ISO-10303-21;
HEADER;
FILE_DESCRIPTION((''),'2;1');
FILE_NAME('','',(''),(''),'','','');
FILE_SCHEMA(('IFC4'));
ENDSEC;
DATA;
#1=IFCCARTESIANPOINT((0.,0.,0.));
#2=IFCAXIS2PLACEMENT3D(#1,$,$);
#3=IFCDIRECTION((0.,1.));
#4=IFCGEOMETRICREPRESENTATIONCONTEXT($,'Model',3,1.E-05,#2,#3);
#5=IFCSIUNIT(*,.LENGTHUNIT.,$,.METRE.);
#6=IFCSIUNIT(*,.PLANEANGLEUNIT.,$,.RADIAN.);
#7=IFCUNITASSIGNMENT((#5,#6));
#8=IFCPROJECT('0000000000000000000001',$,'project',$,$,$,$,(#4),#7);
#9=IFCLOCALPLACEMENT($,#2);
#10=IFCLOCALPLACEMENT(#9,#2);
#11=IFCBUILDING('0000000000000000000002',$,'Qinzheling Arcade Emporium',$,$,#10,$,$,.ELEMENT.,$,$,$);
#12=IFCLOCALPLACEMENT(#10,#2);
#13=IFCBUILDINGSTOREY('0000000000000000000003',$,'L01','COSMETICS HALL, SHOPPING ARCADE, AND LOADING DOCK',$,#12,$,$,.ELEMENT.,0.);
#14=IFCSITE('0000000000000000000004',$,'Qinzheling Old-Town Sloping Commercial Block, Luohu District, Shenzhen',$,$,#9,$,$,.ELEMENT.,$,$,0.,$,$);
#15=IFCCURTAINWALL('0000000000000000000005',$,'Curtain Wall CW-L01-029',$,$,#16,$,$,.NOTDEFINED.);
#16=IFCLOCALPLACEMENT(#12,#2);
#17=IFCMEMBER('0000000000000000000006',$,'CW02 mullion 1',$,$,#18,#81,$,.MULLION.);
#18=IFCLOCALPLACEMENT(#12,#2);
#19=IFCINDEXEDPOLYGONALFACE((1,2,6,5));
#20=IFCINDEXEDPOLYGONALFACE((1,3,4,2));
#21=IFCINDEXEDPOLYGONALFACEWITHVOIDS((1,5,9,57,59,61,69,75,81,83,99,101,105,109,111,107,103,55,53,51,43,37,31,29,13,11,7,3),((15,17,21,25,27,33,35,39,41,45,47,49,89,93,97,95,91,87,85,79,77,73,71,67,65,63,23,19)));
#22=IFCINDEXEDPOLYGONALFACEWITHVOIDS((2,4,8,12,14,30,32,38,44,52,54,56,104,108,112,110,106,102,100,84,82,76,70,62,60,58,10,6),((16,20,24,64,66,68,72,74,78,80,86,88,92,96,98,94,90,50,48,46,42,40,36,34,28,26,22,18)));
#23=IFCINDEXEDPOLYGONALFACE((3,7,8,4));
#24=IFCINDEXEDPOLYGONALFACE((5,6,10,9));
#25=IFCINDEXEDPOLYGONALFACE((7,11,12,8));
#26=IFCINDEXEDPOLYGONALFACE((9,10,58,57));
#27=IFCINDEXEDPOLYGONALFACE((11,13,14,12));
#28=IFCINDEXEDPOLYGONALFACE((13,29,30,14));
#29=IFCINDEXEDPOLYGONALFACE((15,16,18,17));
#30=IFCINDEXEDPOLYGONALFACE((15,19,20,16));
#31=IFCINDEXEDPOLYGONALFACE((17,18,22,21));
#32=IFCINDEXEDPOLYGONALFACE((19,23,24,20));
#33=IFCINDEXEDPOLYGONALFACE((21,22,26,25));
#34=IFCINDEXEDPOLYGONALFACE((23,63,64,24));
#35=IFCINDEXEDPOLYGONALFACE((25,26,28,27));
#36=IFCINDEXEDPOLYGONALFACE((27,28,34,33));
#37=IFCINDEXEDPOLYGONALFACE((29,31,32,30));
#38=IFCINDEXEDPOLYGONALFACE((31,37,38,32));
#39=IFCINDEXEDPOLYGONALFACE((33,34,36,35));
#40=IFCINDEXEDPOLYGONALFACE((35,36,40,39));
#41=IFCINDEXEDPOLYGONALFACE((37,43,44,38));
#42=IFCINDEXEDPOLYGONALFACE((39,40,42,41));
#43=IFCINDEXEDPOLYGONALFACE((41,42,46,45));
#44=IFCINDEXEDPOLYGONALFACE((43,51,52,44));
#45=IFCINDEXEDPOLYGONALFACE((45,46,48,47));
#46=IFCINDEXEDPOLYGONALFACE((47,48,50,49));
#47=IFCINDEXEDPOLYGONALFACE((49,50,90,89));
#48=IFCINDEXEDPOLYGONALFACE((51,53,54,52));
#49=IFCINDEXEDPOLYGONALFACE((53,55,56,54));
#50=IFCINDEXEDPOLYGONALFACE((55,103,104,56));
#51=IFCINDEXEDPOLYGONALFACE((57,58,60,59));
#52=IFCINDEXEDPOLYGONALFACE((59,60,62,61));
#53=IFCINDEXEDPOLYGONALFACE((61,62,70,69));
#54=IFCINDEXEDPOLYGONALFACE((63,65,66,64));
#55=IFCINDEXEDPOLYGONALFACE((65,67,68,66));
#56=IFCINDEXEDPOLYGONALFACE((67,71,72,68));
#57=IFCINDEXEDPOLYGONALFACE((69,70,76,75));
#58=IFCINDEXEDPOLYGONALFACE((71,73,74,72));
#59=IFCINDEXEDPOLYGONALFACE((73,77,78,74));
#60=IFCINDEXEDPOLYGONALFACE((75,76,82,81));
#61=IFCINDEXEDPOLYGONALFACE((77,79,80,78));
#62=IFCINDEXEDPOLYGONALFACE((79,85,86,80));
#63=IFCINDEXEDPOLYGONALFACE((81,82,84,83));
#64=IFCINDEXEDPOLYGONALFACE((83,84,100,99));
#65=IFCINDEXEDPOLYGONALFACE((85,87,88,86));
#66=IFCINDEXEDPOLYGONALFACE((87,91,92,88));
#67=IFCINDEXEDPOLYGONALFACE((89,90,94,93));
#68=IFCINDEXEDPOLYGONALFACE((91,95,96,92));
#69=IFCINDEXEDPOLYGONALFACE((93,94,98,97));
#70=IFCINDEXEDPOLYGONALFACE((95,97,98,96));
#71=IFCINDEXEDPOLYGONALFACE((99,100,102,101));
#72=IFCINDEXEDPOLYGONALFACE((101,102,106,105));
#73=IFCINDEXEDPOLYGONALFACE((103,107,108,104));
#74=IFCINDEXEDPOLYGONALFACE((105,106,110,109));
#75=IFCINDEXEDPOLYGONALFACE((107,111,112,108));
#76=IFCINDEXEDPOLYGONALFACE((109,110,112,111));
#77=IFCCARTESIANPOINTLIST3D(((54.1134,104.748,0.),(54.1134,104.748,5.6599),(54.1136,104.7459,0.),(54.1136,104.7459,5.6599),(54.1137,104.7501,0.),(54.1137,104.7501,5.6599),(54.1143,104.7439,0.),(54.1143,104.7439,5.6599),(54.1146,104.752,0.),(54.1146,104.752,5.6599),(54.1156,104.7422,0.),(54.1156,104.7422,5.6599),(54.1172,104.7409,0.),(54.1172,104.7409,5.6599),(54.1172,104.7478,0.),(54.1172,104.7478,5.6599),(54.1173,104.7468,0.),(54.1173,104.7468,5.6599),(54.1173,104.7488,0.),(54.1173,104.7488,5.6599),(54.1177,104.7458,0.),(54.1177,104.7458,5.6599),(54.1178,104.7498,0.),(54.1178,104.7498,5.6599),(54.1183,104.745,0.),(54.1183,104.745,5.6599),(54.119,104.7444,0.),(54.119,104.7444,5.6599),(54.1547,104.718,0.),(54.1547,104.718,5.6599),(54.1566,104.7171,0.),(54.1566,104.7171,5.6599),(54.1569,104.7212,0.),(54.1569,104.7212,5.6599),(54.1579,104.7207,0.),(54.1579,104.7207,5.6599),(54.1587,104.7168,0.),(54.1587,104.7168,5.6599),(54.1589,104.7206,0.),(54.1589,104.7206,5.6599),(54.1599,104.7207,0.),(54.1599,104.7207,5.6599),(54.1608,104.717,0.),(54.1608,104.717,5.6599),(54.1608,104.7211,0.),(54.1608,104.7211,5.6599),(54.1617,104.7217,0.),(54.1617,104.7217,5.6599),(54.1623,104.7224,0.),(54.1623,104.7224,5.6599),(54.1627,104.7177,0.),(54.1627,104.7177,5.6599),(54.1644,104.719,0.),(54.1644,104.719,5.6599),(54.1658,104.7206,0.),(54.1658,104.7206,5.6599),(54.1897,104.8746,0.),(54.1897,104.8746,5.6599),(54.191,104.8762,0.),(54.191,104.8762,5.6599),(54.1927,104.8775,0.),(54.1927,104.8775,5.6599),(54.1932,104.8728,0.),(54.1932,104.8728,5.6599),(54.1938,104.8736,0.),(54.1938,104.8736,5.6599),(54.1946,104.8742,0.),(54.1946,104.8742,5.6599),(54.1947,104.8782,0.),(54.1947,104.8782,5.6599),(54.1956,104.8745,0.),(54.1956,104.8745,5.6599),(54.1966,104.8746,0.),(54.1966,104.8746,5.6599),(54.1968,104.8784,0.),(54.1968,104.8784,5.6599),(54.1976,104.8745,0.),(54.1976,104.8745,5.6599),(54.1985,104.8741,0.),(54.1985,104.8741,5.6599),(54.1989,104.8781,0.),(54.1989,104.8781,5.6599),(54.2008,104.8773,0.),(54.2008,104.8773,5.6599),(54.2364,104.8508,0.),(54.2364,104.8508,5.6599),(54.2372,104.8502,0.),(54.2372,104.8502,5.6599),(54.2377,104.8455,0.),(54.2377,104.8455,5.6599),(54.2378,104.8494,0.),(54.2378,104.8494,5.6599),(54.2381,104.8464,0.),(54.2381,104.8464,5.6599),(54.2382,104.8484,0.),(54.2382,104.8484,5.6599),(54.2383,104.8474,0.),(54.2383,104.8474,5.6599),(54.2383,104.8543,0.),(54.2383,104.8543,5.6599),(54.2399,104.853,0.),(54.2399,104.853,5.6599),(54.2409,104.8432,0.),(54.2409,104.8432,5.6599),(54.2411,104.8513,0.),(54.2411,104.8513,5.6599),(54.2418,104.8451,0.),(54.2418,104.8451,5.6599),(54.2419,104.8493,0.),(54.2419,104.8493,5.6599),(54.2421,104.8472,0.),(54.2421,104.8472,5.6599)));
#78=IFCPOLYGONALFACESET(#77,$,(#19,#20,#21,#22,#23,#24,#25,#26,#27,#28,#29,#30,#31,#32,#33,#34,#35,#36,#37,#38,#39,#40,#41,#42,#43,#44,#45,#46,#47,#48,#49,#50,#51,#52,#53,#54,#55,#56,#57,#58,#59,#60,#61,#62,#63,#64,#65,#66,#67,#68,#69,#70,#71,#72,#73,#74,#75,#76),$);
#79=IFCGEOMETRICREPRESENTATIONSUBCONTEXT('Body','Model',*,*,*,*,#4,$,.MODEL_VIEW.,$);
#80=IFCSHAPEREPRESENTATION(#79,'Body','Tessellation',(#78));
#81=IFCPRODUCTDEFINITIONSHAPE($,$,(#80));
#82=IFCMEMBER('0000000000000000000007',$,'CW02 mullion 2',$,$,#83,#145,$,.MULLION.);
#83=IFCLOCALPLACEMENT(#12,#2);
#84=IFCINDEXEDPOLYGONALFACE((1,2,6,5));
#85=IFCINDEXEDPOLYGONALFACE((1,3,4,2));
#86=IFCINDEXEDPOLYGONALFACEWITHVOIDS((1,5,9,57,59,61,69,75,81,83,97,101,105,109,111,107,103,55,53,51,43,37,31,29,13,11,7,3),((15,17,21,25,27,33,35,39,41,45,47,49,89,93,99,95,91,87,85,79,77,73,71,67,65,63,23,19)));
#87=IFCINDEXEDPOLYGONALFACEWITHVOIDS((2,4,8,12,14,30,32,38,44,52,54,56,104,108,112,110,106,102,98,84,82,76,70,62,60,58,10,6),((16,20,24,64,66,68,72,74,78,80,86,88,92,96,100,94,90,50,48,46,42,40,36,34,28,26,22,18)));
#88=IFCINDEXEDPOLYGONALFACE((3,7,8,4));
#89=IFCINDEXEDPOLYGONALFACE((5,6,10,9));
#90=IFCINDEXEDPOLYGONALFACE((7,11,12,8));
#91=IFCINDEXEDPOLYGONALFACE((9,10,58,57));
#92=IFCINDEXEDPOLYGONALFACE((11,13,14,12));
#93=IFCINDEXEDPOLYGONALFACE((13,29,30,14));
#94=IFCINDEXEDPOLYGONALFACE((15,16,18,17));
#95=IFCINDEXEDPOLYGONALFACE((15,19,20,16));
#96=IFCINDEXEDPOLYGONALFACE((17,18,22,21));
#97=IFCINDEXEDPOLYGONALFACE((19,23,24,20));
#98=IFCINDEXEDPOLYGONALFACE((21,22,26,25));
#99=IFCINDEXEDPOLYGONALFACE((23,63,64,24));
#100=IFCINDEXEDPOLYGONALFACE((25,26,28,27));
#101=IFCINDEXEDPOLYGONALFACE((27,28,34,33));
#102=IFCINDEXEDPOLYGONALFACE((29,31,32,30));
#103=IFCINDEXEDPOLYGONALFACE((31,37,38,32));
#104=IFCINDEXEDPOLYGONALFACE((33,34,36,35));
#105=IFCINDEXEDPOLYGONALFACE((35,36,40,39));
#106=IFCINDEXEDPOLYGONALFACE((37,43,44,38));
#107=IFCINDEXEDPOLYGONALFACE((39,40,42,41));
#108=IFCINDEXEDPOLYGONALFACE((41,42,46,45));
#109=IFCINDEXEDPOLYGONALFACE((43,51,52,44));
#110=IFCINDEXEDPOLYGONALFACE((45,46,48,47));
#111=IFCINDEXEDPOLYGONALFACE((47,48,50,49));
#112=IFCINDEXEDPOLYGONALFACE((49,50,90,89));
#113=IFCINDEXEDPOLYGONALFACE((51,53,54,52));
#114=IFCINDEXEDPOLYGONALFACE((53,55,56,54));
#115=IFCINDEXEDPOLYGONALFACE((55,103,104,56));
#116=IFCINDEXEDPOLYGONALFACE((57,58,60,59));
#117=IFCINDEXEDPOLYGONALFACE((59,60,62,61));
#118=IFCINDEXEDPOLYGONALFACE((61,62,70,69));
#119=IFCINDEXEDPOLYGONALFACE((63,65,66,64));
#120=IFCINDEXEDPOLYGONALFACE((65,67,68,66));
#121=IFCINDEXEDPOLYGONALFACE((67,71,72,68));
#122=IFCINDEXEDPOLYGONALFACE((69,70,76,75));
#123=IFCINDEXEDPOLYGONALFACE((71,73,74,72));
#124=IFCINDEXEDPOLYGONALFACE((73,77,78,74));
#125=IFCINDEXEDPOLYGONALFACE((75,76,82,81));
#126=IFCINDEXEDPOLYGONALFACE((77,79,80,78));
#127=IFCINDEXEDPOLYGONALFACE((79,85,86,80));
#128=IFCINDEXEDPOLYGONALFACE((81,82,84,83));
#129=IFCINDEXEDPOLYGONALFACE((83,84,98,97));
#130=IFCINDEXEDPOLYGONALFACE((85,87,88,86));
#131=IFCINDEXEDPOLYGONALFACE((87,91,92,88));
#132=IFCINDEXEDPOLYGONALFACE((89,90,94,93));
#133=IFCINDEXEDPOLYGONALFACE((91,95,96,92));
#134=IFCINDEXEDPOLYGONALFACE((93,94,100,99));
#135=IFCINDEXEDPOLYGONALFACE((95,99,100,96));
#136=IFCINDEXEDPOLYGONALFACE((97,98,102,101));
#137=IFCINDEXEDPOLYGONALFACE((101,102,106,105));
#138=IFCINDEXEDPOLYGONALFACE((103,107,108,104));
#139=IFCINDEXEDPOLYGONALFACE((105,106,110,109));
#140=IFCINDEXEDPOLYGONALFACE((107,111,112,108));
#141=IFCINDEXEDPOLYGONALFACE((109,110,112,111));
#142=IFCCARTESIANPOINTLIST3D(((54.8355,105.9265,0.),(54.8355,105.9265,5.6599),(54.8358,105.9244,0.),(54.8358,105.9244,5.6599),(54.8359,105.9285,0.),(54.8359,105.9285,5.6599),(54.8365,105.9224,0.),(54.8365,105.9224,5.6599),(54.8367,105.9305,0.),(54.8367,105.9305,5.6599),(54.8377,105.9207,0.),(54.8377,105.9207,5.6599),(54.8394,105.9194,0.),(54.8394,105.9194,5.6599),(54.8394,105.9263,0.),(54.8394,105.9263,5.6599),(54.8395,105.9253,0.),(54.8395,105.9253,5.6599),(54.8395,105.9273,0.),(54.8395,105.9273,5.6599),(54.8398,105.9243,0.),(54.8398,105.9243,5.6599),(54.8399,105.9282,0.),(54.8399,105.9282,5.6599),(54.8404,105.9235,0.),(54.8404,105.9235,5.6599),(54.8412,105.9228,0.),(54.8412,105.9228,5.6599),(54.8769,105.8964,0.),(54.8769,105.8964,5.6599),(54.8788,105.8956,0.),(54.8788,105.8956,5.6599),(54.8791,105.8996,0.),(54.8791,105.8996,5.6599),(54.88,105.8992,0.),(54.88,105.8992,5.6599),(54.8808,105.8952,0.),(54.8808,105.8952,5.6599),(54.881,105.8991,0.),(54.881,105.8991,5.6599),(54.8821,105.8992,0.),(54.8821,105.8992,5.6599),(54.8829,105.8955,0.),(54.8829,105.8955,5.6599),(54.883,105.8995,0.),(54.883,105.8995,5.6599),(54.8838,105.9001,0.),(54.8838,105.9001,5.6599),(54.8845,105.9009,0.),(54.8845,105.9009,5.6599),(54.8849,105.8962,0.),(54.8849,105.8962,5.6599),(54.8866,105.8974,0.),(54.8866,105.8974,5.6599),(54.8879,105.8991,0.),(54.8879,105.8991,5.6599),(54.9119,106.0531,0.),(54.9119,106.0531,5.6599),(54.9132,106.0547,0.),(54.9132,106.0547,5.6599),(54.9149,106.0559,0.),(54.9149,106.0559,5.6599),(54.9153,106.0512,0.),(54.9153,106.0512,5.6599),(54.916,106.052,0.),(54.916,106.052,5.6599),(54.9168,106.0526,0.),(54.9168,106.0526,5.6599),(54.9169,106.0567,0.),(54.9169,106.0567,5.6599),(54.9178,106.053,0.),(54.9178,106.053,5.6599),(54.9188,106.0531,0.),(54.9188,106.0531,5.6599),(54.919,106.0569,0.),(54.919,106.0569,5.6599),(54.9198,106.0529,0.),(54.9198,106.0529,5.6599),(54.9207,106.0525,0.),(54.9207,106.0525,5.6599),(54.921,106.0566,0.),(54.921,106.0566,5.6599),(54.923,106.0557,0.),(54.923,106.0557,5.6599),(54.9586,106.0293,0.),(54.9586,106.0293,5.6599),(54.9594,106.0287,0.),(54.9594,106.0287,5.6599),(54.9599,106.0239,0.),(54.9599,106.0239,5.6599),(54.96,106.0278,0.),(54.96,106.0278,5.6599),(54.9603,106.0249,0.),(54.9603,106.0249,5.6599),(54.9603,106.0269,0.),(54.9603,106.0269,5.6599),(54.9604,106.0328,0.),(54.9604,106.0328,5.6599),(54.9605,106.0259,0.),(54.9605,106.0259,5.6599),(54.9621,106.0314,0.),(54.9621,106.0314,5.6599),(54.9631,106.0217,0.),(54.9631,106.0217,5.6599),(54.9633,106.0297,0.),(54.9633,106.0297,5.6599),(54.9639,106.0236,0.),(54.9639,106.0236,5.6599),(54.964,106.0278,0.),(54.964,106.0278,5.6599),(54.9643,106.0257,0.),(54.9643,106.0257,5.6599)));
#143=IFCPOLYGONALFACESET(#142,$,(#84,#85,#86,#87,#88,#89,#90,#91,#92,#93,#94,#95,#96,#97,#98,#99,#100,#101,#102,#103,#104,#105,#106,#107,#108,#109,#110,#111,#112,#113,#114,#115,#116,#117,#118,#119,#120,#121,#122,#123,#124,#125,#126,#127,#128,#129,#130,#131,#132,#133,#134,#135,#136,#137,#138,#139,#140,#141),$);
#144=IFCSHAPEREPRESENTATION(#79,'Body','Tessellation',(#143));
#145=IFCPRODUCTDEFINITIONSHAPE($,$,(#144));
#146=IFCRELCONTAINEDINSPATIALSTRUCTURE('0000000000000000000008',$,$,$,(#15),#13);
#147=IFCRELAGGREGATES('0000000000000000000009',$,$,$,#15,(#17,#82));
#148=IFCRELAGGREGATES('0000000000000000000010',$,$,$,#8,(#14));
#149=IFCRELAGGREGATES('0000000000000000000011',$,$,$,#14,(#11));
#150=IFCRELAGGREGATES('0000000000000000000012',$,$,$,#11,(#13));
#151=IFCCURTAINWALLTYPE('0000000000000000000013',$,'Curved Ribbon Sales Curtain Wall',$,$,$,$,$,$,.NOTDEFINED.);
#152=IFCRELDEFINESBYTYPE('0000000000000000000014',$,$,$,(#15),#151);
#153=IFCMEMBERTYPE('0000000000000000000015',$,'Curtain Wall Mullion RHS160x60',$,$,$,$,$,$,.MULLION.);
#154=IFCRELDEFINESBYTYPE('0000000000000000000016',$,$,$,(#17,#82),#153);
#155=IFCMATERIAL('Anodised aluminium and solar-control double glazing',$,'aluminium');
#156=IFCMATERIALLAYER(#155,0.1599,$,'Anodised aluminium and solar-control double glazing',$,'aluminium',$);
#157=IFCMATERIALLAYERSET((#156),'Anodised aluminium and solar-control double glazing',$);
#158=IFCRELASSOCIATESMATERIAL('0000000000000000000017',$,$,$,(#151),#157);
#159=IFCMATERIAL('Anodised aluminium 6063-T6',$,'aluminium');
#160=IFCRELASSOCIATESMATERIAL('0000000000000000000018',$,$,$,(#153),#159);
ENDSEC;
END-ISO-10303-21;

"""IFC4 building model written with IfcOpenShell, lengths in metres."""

from ifc_helpers import new_model, si_unit, direction, frame, origin, origin_2d, place, context, subcontext, project, spatial, hollow_rectangle, extrude, material, layer, layer_set, material_profile, profile_set, type_object, element, aggregate, save


model = new_model("IFC4")

# Units and contexts
model_context = context("Model", 3, precision=1e-05, world=origin(), true_north=direction((0.0, 1.0)))
body_context = subcontext(model_context, "Body", "Model", "MODEL_VIEW")
ifc_project = project(units=[si_unit("LENGTHUNIT", "METRE"), si_unit("PLANEANGLEUNIT", "RADIAN")], contexts=[model_context])

# Site, building, storey
site_placement = place(None, origin())
site = spatial("IfcSite", under=ifc_project, at=site_placement, Name="Qinzheling Old-Town Sloping Commercial Block, Luohu District, Shenzhen", CompositionType="ELEMENT", RefElevation=0.0)
building_placement = place(site_placement, origin())
building = spatial("IfcBuilding", under=site, at=building_placement, Name="Qinzheling Arcade Emporium", CompositionType="ELEMENT")
storey_placement = place(building_placement, origin())
storey = spatial("IfcBuildingStorey", under=building, at=storey_placement, Name="L01", Description="COSMETICS HALL, SHOPPING ARCADE, AND LOADING DOCK", CompositionType="ELEMENT", Elevation=0.0)

# Shared definitions
ifc_material_1 = material(Name="Anodised aluminium and solar-control double glazing", Category="aluminium")
ifc_layer_1 = layer(ifc_material_1, 0.1599, Name="Anodised aluminium and solar-control double glazing", Category="aluminium")
ifc_layer_set_1 = layer_set([ifc_layer_1], Name="Anodised aluminium and solar-control double glazing")
curtain_wall_type = type_object("IfcCurtainWallType", Name="Curved Ribbon Sales Curtain Wall", PredefinedType="NOTDEFINED", material=ifc_layer_set_1)
ifc_material_2 = material(Name="Anodised aluminium 6063-T6", Category="aluminium")
ifc_material_profile_1 = material_profile(ifc_material_2, hollow_rectangle(XDim=0.0601, YDim=0.1599, WallThickness=0.0039, InnerFilletRadius=0.0039, OuterFilletRadius=0.0081, at=origin_2d()), Name="RHS 160x60x4", Category="aluminium")
ifc_profile_set_1 = profile_set([ifc_material_profile_1], Name="Anodised aluminium 6063-T6")
member_type_1 = type_object("IfcMemberType", Name="Curtain Wall Mullion RHS160x60", PredefinedType="MULLION", material=ifc_profile_set_1)

# Curtain wall, members
curtain_wall_1_placement = place(storey_placement, origin())
curtain_wall_1 = element("IfcCurtainWall", 1, at=curtain_wall_1_placement, inside=storey, type_object=curtain_wall_type, Name="Curtain Wall CW-L01-029", PredefinedType="NOTDEFINED")
member_1_placement = place(storey_placement, frame((54.1777, 104.7976, 0.0), z_axis=(0.0, 0.0, 1.0), x_axis=(-0.852581, 0.522595, 0.0)))
member_1 = element("IfcMember", 2, at=member_1_placement, type_object=member_type_1, Name="CW02 mullion 1", PredefinedType="MULLION", context=body_context, shape_type="SweptSolid", body=[
    extrude(hollow_rectangle(XDim=0.0601, YDim=0.1599, WallThickness=0.0039, InnerFilletRadius=0.0039, OuterFilletRadius=0.0081, at=origin_2d()), origin(), (0.0, 0.0, 1.0), 5.6599),
])
member_2_placement = place(storey_placement, frame((54.8999, 105.9761, 0.0), z_axis=(0.0, 0.0, 1.0), x_axis=(-0.852581, 0.522595, 0.0)))
member_2 = element("IfcMember", 3, at=member_2_placement, type_object=member_type_1, Name="CW02 mullion 2", PredefinedType="MULLION", context=body_context, shape_type="SweptSolid", body=[
    extrude(hollow_rectangle(XDim=0.0601, YDim=0.1599, WallThickness=0.0039, InnerFilletRadius=0.0039, OuterFilletRadius=0.0081, at=origin_2d()), origin(), (0.0, 0.0, 1.0), 5.6599),
])

aggregate(curtain_wall_1, [member_1, member_2])

save(model, "model.ifc")
